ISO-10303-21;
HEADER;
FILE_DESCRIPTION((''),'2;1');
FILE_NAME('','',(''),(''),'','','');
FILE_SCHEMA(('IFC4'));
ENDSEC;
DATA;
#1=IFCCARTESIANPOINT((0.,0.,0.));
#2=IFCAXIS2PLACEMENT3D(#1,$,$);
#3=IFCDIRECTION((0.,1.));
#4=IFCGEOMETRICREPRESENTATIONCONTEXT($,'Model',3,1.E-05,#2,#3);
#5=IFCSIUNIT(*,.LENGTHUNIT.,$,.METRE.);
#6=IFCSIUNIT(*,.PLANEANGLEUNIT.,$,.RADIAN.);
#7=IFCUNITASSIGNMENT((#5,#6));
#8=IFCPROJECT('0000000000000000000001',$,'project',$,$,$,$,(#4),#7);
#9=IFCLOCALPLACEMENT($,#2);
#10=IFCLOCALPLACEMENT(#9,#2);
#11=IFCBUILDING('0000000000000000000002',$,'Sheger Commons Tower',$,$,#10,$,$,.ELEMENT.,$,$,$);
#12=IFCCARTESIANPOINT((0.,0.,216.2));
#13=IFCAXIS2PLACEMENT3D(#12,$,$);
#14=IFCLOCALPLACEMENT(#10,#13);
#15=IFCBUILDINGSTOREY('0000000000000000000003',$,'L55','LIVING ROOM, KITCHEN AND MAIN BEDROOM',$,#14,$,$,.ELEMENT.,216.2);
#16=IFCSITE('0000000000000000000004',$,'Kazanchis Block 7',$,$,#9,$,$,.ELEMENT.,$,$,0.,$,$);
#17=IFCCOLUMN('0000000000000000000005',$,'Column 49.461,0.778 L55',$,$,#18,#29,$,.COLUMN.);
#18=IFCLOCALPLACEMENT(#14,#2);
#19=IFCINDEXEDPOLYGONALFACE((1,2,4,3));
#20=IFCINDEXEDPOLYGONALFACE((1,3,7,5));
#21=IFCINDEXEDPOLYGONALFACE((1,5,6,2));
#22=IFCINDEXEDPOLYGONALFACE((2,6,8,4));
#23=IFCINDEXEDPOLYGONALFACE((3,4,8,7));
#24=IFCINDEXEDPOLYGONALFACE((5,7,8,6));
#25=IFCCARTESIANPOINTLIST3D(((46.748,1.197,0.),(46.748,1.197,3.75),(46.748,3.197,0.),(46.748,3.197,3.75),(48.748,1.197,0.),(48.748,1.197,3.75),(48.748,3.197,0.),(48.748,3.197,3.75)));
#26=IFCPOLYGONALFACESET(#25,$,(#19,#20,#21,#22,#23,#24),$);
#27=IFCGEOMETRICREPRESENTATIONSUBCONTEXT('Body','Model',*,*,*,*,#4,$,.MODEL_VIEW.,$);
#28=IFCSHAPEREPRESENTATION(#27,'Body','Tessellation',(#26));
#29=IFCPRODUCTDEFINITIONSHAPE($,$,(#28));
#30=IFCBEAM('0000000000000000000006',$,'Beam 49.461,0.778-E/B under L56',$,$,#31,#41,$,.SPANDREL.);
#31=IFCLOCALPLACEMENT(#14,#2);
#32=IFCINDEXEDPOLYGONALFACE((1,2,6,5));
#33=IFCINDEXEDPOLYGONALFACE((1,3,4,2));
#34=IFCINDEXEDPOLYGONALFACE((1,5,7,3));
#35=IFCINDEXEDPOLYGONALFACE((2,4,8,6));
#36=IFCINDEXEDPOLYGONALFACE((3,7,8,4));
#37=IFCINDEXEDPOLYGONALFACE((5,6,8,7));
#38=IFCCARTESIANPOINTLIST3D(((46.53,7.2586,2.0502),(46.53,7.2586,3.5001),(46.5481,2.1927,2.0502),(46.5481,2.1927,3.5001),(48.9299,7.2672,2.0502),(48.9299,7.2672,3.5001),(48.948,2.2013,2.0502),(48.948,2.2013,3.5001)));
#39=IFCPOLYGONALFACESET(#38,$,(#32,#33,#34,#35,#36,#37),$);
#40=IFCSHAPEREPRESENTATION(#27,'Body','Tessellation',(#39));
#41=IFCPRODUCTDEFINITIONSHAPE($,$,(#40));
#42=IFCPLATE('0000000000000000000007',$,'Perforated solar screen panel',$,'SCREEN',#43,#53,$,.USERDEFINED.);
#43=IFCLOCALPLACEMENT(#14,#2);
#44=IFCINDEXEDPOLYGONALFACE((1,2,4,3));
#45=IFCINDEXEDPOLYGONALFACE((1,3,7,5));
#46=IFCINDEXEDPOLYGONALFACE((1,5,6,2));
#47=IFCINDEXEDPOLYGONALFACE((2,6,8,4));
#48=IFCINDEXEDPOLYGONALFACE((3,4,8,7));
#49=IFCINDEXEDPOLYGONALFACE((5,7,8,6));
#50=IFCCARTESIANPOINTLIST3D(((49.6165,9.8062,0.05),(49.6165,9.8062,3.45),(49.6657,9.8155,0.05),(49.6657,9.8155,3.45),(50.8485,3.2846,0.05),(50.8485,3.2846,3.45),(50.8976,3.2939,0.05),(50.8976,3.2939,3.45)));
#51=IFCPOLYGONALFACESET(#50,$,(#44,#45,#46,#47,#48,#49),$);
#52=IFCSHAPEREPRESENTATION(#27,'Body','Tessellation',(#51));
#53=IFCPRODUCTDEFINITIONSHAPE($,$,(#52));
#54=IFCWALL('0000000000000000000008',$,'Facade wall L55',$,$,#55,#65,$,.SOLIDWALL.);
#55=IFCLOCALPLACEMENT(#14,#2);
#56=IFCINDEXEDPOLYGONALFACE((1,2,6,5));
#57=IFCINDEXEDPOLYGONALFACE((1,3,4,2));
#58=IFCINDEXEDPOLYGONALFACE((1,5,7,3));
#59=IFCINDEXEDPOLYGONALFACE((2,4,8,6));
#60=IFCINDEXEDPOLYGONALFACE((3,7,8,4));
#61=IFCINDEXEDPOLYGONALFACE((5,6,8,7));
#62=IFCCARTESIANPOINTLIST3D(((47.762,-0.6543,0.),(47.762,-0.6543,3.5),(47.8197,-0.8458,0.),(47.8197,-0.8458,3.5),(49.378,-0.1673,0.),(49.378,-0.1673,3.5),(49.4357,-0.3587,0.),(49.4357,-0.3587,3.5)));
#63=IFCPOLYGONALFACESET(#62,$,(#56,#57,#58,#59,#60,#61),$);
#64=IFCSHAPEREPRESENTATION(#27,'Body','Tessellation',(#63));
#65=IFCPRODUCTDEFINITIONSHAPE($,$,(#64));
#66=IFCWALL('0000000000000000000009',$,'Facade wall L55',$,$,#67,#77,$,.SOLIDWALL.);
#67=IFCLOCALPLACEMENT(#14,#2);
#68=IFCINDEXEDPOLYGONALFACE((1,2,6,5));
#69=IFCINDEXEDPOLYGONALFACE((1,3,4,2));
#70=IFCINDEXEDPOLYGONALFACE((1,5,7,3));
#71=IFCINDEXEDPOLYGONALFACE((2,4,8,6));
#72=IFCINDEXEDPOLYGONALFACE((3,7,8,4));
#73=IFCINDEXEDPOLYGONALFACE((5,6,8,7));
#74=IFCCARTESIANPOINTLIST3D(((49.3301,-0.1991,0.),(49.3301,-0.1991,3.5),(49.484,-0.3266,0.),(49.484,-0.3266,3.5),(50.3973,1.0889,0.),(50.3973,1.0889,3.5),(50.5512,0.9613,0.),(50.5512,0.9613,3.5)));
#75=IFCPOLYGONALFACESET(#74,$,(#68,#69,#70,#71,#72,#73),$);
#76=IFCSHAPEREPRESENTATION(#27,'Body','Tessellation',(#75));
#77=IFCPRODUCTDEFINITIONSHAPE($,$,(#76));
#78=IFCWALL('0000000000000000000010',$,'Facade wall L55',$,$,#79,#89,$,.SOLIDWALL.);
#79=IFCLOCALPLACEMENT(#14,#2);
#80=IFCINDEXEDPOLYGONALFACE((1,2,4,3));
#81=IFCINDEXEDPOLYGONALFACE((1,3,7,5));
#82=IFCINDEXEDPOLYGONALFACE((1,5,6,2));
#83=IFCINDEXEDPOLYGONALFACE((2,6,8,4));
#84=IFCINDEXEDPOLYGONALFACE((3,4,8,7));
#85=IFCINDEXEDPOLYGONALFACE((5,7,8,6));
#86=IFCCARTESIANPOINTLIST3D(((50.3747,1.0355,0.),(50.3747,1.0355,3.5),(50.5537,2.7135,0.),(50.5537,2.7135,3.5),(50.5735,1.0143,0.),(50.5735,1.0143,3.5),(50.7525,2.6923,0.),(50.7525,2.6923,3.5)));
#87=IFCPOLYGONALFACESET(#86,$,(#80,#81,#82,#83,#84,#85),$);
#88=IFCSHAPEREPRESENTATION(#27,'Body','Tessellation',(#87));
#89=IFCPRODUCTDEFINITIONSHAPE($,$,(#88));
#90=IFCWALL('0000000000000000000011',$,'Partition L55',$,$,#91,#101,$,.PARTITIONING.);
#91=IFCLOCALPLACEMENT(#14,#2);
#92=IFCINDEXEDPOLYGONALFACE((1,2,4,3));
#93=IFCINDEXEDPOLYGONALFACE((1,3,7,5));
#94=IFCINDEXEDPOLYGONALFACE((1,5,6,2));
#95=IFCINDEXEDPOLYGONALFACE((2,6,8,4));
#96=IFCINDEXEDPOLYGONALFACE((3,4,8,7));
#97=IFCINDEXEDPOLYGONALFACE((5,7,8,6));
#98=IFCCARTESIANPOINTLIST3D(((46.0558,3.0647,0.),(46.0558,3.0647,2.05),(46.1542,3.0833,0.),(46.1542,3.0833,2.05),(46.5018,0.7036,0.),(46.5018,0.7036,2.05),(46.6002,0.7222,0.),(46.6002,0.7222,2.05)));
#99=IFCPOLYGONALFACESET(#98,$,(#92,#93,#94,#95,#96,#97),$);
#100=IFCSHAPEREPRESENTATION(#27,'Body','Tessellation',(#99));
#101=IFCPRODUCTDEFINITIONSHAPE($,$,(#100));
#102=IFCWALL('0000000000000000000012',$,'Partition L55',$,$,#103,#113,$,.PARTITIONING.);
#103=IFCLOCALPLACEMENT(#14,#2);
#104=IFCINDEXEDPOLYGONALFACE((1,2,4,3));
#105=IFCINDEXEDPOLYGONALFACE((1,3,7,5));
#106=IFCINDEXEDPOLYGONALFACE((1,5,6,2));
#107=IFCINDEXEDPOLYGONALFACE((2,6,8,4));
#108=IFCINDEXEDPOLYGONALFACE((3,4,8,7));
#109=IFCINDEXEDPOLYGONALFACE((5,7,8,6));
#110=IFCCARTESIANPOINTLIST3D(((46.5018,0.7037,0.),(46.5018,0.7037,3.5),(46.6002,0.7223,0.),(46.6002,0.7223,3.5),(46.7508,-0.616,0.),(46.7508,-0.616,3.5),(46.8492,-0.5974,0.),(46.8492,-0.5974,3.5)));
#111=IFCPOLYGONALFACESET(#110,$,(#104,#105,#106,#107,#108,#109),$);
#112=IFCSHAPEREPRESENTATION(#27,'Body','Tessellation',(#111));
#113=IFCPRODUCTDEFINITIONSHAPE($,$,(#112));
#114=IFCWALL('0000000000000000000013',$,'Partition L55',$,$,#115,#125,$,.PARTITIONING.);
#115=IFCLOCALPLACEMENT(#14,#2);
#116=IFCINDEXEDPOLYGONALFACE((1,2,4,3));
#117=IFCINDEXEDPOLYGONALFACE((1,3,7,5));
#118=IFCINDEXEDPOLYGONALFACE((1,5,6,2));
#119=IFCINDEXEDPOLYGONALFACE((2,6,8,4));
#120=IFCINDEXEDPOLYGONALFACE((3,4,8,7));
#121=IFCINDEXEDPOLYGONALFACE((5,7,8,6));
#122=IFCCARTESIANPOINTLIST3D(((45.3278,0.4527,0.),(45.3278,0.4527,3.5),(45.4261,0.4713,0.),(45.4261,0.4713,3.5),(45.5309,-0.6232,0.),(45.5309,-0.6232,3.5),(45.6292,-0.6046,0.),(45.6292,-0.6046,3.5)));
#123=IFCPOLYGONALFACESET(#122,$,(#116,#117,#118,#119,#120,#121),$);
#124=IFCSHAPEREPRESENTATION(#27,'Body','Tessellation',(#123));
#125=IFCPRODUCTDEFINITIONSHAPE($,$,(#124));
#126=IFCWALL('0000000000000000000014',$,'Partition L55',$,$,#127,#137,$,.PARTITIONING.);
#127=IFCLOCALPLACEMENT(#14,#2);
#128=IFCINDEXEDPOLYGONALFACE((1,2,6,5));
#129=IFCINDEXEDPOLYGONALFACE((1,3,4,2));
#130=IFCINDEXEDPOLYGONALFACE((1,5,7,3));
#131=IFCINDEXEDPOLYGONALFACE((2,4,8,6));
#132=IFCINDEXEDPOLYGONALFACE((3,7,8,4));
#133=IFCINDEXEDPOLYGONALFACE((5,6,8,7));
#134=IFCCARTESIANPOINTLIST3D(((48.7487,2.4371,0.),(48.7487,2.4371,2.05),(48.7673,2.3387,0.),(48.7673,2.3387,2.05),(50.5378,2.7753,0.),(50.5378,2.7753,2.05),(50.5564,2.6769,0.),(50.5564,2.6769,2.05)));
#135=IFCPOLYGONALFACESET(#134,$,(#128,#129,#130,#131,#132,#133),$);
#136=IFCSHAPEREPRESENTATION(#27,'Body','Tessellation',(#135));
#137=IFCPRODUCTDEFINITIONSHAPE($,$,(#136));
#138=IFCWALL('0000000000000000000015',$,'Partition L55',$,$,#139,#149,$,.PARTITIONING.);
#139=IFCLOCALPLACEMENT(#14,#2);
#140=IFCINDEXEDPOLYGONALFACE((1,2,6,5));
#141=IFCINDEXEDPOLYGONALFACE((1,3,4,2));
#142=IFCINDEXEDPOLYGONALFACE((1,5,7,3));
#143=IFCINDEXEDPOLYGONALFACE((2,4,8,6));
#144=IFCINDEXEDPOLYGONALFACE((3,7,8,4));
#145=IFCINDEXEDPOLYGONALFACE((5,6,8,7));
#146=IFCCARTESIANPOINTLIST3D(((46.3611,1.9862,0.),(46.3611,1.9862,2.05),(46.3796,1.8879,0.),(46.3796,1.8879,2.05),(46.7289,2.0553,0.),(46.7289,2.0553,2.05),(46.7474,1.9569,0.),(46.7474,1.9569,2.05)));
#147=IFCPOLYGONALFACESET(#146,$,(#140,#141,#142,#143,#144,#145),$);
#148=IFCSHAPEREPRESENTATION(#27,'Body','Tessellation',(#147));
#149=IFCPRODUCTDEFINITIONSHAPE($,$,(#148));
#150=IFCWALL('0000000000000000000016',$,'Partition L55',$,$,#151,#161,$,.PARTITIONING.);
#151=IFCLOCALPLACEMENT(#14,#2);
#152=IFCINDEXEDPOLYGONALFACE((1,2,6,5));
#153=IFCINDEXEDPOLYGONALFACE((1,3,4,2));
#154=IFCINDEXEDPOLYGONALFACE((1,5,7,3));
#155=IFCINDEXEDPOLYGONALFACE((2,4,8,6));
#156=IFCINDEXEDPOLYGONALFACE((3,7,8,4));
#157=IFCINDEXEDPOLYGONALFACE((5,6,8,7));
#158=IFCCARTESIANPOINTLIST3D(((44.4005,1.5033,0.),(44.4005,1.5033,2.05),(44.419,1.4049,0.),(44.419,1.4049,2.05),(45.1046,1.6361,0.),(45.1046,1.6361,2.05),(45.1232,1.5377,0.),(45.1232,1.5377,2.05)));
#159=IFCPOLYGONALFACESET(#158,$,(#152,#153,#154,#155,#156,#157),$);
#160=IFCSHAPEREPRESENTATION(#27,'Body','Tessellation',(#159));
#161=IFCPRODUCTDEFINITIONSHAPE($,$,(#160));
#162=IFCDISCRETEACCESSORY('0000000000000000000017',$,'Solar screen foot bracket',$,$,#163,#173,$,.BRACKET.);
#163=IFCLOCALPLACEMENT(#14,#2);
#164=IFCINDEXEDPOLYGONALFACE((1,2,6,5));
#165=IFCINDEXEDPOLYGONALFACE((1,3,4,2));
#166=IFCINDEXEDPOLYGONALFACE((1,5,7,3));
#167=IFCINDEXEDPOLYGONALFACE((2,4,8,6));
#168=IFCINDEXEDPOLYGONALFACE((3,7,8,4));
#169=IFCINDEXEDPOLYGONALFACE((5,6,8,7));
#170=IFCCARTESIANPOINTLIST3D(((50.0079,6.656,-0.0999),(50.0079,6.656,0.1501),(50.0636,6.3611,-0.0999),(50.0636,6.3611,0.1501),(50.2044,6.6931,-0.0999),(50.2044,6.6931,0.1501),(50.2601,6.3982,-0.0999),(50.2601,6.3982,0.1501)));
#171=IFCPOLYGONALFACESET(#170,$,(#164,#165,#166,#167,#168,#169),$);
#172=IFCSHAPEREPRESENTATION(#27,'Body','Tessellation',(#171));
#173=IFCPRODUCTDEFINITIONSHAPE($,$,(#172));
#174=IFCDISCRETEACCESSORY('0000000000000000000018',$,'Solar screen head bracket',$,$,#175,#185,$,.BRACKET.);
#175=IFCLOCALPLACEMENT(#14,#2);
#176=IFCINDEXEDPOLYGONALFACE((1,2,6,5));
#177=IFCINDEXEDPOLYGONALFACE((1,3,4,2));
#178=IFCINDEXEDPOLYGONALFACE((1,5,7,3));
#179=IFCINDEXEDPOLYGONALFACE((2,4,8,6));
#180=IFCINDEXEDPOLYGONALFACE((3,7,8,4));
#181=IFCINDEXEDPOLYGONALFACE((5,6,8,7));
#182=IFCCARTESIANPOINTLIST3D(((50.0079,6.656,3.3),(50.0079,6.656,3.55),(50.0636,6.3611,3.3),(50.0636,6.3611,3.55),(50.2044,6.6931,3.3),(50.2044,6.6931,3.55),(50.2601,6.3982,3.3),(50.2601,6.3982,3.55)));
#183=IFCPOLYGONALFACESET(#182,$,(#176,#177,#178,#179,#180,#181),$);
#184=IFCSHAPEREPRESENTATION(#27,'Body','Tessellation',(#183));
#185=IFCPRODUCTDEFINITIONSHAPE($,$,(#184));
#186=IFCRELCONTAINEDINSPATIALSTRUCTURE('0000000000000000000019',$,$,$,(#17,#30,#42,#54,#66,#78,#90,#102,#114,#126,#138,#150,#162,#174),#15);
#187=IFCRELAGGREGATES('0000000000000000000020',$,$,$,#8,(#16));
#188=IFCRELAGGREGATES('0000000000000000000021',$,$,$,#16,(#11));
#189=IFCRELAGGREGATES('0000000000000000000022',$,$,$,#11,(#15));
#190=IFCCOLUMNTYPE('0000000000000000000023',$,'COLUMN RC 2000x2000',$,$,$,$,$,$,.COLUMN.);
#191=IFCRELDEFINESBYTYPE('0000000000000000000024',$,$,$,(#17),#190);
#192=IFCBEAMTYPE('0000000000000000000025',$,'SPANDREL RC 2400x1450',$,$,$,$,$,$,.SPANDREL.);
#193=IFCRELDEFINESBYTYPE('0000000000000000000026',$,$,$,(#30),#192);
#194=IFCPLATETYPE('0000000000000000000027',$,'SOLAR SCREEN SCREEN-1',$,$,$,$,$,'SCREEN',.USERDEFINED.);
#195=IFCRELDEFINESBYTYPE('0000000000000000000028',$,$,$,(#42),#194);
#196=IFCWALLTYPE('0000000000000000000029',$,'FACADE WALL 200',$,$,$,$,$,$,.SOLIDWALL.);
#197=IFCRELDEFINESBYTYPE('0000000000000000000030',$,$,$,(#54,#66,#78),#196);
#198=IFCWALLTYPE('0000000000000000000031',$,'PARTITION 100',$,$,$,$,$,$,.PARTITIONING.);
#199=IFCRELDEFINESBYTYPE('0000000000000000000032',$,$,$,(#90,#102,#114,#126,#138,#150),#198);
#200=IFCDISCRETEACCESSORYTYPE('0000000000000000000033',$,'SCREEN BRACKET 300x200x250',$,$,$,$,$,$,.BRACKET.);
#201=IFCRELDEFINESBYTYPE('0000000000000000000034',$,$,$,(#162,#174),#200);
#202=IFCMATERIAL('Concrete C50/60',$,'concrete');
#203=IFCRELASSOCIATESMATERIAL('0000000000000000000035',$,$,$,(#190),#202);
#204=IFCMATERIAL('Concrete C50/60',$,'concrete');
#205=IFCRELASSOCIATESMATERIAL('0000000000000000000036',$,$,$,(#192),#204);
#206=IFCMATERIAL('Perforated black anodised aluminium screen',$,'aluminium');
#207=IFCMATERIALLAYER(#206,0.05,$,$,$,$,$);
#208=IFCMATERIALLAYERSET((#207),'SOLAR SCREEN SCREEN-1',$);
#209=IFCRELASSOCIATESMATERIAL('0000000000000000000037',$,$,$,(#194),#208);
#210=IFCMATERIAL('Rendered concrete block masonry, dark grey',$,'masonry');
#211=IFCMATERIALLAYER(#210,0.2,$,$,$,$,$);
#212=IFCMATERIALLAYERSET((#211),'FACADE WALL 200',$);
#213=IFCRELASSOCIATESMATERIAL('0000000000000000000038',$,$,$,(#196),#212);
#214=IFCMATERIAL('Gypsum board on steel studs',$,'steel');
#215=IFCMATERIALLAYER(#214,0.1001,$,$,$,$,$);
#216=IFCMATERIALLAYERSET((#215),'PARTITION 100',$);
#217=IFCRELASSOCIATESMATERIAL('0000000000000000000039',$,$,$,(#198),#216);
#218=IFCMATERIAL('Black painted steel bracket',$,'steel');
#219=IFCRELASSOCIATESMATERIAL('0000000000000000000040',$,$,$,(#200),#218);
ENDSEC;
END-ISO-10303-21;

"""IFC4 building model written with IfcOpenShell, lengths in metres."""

from ifc_helpers import new_model, si_unit, direction, frame, frame_2d, origin, origin_2d, place, context, subcontext, project, spatial, rectangle, extrude, material, layer, layer_set, material_profile, profile_set, type_object, element, save


model = new_model("IFC4")

# Units and contexts
model_context = context("Model", 3, precision=1e-05, world=origin(), true_north=direction((0.0, 1.0)))
body_context = subcontext(model_context, "Body", "Model", "MODEL_VIEW")
ifc_project = project(units=[si_unit("LENGTHUNIT", "METRE"), si_unit("PLANEANGLEUNIT", "RADIAN")], contexts=[model_context])

# Site, building, storey
site_placement = place(None, origin())
site = spatial("IfcSite", under=ifc_project, at=site_placement, Name="Kazanchis Block 7", CompositionType="ELEMENT", RefElevation=0.0)
building_placement = place(site_placement, origin())
building = spatial("IfcBuilding", under=site, at=building_placement, Name="Sheger Commons Tower", CompositionType="ELEMENT")
storey_placement = place(building_placement, frame((0.0, 0.0, 216.2)))
storey = spatial("IfcBuildingStorey", under=building, at=storey_placement, Name="L55", Description="LIVING ROOM, KITCHEN AND MAIN BEDROOM", CompositionType="ELEMENT", Elevation=216.2)

# Column
ifc_material_1 = material(Name="Concrete C50/60", Category="concrete")
ifc_material_profile_1 = material_profile(ifc_material_1, rectangle(XDim=2.0, YDim=2.0, at=origin_2d()), Name="RC 2000x2000")
ifc_profile_set_1 = profile_set([ifc_material_profile_1], Name="Concrete C50/60")
column_type = type_object("IfcColumnType", Name="COLUMN RC 2000x2000", PredefinedType="COLUMN", material=ifc_profile_set_1)
column_placement = place(storey_placement, frame((47.748, 2.197, 0.0), z_axis=(0.0, 0.0, 1.0), x_axis=(1.0, 0.0, 0.0)))
element("IfcColumn", 1, at=column_placement, inside=storey, type_object=column_type, Name="Column 49.461,0.778 L55", PredefinedType="COLUMN", context=body_context, shape_type="SweptSolid", body=[
    extrude(rectangle(XDim=2.0, YDim=2.0, at=origin_2d()), origin(), (0.0, 0.0, 1.0), 3.75),
])

# Beam
ifc_material_2 = material(Name="Concrete C50/60", Category="concrete")
ifc_material_profile_2 = material_profile(ifc_material_2, rectangle(XDim=2.3999, YDim=1.45, at=origin_2d()), Name="RC 2400x1450")
ifc_profile_set_2 = profile_set([ifc_material_profile_2], Name="Concrete C50/60")
beam_type = type_object("IfcBeamType", Name="SPANDREL RC 2400x1450", PredefinedType="SPANDREL", material=ifc_profile_set_2)
beam_placement = place(storey_placement, frame((47.748, 2.197, 2.7751), z_axis=(-0.003566, 0.999994, 0.0), x_axis=(-0.999994, -0.003566, 0.0)))
element("IfcBeam", 2, at=beam_placement, inside=storey, type_object=beam_type, Name="Beam 49.461,0.778-E/B under L56", PredefinedType="SPANDREL", context=body_context, shape_type="SweptSolid", body=[
    extrude(rectangle(XDim=2.3999, YDim=1.45, at=origin_2d()), origin(), (0.0, 0.0, 1.0), 5.0659),
])

# Plate
ifc_material_3 = material(Name="Perforated black anodised aluminium screen", Category="aluminium")
ifc_layer_1 = layer(ifc_material_3, 0.05)
ifc_layer_set_1 = layer_set([ifc_layer_1], Name="SOLAR SCREEN SCREEN-1")
plate_type = type_object("IfcPlateType", Name="SOLAR SCREEN SCREEN-1", ElementType="SCREEN", PredefinedType="USERDEFINED", material=ifc_layer_set_1)
plate_placement = place(storey_placement, frame((50.2571, 6.55, 0.05), z_axis=(0.0, 0.0, 1.0), x_axis=(-0.185615, 0.982623, 0.0)))
element("IfcPlate", 3, at=plate_placement, inside=storey, type_object=plate_type, Name="Perforated solar screen panel", ObjectType="SCREEN", PredefinedType="USERDEFINED", context=body_context, shape_type="SweptSolid", body=[
    extrude(rectangle(XDim=6.637, YDim=0.05, at=origin_2d()), origin(), (0.0, 0.0, 1.0), 3.3999),
])

# Walls
ifc_material_4 = material(Name="Rendered concrete block masonry, dark grey", Category="masonry")
ifc_layer_2 = layer(ifc_material_4, 0.2)
ifc_layer_set_2 = layer_set([ifc_layer_2], Name="FACADE WALL 200")
wall_type_1 = type_object("IfcWallType", Name="FACADE WALL 200", PredefinedType="SOLIDWALL", material=ifc_layer_set_2)
wall_1_placement = place(storey_placement, frame((47.791, -0.75, 0.0), z_axis=(0.0, 0.0, 1.0), x_axis=(0.957455, 0.288582, 0.0)))
element("IfcWall", 4, at=wall_1_placement, inside=storey, type_object=wall_type_1, Name="Facade wall L55", PredefinedType="SOLIDWALL", context=body_context, shape_type="SweptSolid", body=[
    extrude(rectangle(XDim=1.6877, YDim=0.2, at=frame_2d((0.8438, 0.0))), origin(), (0.0, 0.0, 1.0), 3.5),
])
wall_2_placement = place(storey_placement, frame((49.407, -0.2629, 0.0), z_axis=(0.0, 0.0, 1.0), x_axis=(0.638043, 0.770001, 0.0)))
element("IfcWall", 5, at=wall_2_placement, inside=storey, type_object=wall_type_1, Name="Facade wall L55", PredefinedType="SOLIDWALL", context=body_context, shape_type="SweptSolid", body=[
    extrude(rectangle(XDim=1.6726, YDim=0.2, at=frame_2d((0.8364, 0.0))), origin(), (0.0, 0.0, 1.0), 3.5),
])
wall_3_placement = place(storey_placement, frame((50.4741, 1.0249, 0.0), z_axis=(0.0, 0.0, 1.0), x_axis=(0.106048, 0.994361, 0.0)))
element("IfcWall", 6, at=wall_3_placement, inside=storey, type_object=wall_type_1, Name="Facade wall L55", PredefinedType="SOLIDWALL", context=body_context, shape_type="SweptSolid", body=[
    extrude(rectangle(XDim=1.6875, YDim=0.2, at=frame_2d((0.8438, 0.0))), origin(), (0.0, 0.0, 1.0), 3.5),
])

# Walls
ifc_material_5 = material(Name="Gypsum board on steel studs", Category="steel")
ifc_layer_3 = layer(ifc_material_5, 0.1001)
ifc_layer_set_3 = layer_set([ifc_layer_3], Name="PARTITION 100")
wall_type_2 = type_object("IfcWallType", Name="PARTITION 100", PredefinedType="PARTITIONING", material=ifc_layer_set_3)
wall_4_placement = place(storey_placement, frame((46.105, 3.074, 0.0), z_axis=(0.0, 0.0, 1.0), x_axis=(0.185632, -0.982619, 0.0)))
element("IfcWall", 7, at=wall_4_placement, inside=storey, type_object=wall_type_2, Name="Partition L55", PredefinedType="PARTITIONING", context=body_context, shape_type="SweptSolid", body=[
    extrude(rectangle(XDim=2.4028, YDim=0.1001, at=frame_2d((1.2014, 0.0))), origin(), (0.0, 0.0, 1.0), 2.05),
])
wall_5_placement = place(storey_placement, frame((46.551, 0.7129, 0.0), z_axis=(0.0, 0.0, 1.0), x_axis=(0.185408, -0.982662, 0.0)))
element("IfcWall", 8, at=wall_5_placement, inside=storey, type_object=wall_type_2, Name="Partition L55", PredefinedType="PARTITIONING", context=body_context, shape_type="SweptSolid", body=[
    extrude(rectangle(XDim=1.343, YDim=0.1001, at=frame_2d((0.6714, 0.0))), origin(), (0.0, 0.0, 1.0), 3.5),
])
wall_6_placement = place(storey_placement, frame((45.377, 0.4619, 0.0), z_axis=(0.0, 0.0, 1.0), x_axis=(0.185513, -0.982642, 0.0)))
element("IfcWall", 9, at=wall_6_placement, inside=storey, type_object=wall_type_2, Name="Partition L55", PredefinedType="PARTITIONING", context=body_context, shape_type="SweptSolid", body=[
    extrude(rectangle(XDim=1.095, YDim=0.1001, at=frame_2d((0.5474, 0.0))), origin(), (0.0, 0.0, 1.0), 3.5),
])
wall_7_placement = place(storey_placement, frame((50.5471, 2.7261, 0.0), z_axis=(0.0, 0.0, 1.0), x_axis=(-0.982604, -0.185713, 0.0)))
element("IfcWall", 10, at=wall_7_placement, inside=storey, type_object=wall_type_2, Name="Partition L55", PredefinedType="PARTITIONING", context=body_context, shape_type="SweptSolid", body=[
    extrude(rectangle(XDim=1.8208, YDim=0.1001, at=frame_2d((0.9104, 0.0))), origin(), (0.0, 0.0, 1.0), 2.05),
])
wall_8_placement = place(storey_placement, frame((46.738, 2.0061, 0.0), z_axis=(0.0, 0.0, 1.0), x_axis=(-0.98282, -0.184564, 0.0)))
element("IfcWall", 11, at=wall_8_placement, inside=storey, type_object=wall_type_2, Name="Partition L55", PredefinedType="PARTITIONING", context=body_context, shape_type="SweptSolid", body=[
    extrude(rectangle(XDim=0.3743, YDim=0.1001, at=frame_2d((0.187, 0.0))), origin(), (0.0, 0.0, 1.0), 2.05),
])
wall_9_placement = place(storey_placement, frame((45.114, 1.5869, 0.0), z_axis=(0.0, 0.0, 1.0), x_axis=(-0.982671, -0.185358, 0.0)))
element("IfcWall", 12, at=wall_9_placement, inside=storey, type_object=wall_type_2, Name="Partition L55", PredefinedType="PARTITIONING", context=body_context, shape_type="SweptSolid", body=[
    extrude(rectangle(XDim=0.7166, YDim=0.1001, at=frame_2d((0.3584, 0.0))), origin(), (0.0, 0.0, 1.0), 2.05),
])

# Discrete accessories
ifc_material_6 = material(Name="Black painted steel bracket", Category="steel")
discrete_accessory_type = type_object("IfcDiscreteAccessoryType", Name="SCREEN BRACKET 300x200x250", PredefinedType="BRACKET", material=ifc_material_6)
for number, where, z_axis, x_axis, name in (
    (13, (50.134, 6.5271, -0.0999), (0.0, 0.0, 1.0), (-0.185615, 0.982623, 0.0), "Solar screen foot bracket"),
    (14, (50.134, 6.5271, 3.3), (0.0, 0.0, 1.0), (-0.185615, 0.982623, 0.0), "Solar screen head bracket"),
):
    element("IfcDiscreteAccessory", number, at=place(storey_placement, frame(where, z_axis=z_axis, x_axis=x_axis)), inside=storey, type_object=discrete_accessory_type, Name=name, PredefinedType="BRACKET", context=body_context, shape_type="SweptSolid", body=[
        extrude(rectangle(XDim=0.3, YDim=0.2, at=origin_2d()), origin(), (0.0, 0.0, 1.0), 0.25),
    ])

save(model, "model.ifc")
